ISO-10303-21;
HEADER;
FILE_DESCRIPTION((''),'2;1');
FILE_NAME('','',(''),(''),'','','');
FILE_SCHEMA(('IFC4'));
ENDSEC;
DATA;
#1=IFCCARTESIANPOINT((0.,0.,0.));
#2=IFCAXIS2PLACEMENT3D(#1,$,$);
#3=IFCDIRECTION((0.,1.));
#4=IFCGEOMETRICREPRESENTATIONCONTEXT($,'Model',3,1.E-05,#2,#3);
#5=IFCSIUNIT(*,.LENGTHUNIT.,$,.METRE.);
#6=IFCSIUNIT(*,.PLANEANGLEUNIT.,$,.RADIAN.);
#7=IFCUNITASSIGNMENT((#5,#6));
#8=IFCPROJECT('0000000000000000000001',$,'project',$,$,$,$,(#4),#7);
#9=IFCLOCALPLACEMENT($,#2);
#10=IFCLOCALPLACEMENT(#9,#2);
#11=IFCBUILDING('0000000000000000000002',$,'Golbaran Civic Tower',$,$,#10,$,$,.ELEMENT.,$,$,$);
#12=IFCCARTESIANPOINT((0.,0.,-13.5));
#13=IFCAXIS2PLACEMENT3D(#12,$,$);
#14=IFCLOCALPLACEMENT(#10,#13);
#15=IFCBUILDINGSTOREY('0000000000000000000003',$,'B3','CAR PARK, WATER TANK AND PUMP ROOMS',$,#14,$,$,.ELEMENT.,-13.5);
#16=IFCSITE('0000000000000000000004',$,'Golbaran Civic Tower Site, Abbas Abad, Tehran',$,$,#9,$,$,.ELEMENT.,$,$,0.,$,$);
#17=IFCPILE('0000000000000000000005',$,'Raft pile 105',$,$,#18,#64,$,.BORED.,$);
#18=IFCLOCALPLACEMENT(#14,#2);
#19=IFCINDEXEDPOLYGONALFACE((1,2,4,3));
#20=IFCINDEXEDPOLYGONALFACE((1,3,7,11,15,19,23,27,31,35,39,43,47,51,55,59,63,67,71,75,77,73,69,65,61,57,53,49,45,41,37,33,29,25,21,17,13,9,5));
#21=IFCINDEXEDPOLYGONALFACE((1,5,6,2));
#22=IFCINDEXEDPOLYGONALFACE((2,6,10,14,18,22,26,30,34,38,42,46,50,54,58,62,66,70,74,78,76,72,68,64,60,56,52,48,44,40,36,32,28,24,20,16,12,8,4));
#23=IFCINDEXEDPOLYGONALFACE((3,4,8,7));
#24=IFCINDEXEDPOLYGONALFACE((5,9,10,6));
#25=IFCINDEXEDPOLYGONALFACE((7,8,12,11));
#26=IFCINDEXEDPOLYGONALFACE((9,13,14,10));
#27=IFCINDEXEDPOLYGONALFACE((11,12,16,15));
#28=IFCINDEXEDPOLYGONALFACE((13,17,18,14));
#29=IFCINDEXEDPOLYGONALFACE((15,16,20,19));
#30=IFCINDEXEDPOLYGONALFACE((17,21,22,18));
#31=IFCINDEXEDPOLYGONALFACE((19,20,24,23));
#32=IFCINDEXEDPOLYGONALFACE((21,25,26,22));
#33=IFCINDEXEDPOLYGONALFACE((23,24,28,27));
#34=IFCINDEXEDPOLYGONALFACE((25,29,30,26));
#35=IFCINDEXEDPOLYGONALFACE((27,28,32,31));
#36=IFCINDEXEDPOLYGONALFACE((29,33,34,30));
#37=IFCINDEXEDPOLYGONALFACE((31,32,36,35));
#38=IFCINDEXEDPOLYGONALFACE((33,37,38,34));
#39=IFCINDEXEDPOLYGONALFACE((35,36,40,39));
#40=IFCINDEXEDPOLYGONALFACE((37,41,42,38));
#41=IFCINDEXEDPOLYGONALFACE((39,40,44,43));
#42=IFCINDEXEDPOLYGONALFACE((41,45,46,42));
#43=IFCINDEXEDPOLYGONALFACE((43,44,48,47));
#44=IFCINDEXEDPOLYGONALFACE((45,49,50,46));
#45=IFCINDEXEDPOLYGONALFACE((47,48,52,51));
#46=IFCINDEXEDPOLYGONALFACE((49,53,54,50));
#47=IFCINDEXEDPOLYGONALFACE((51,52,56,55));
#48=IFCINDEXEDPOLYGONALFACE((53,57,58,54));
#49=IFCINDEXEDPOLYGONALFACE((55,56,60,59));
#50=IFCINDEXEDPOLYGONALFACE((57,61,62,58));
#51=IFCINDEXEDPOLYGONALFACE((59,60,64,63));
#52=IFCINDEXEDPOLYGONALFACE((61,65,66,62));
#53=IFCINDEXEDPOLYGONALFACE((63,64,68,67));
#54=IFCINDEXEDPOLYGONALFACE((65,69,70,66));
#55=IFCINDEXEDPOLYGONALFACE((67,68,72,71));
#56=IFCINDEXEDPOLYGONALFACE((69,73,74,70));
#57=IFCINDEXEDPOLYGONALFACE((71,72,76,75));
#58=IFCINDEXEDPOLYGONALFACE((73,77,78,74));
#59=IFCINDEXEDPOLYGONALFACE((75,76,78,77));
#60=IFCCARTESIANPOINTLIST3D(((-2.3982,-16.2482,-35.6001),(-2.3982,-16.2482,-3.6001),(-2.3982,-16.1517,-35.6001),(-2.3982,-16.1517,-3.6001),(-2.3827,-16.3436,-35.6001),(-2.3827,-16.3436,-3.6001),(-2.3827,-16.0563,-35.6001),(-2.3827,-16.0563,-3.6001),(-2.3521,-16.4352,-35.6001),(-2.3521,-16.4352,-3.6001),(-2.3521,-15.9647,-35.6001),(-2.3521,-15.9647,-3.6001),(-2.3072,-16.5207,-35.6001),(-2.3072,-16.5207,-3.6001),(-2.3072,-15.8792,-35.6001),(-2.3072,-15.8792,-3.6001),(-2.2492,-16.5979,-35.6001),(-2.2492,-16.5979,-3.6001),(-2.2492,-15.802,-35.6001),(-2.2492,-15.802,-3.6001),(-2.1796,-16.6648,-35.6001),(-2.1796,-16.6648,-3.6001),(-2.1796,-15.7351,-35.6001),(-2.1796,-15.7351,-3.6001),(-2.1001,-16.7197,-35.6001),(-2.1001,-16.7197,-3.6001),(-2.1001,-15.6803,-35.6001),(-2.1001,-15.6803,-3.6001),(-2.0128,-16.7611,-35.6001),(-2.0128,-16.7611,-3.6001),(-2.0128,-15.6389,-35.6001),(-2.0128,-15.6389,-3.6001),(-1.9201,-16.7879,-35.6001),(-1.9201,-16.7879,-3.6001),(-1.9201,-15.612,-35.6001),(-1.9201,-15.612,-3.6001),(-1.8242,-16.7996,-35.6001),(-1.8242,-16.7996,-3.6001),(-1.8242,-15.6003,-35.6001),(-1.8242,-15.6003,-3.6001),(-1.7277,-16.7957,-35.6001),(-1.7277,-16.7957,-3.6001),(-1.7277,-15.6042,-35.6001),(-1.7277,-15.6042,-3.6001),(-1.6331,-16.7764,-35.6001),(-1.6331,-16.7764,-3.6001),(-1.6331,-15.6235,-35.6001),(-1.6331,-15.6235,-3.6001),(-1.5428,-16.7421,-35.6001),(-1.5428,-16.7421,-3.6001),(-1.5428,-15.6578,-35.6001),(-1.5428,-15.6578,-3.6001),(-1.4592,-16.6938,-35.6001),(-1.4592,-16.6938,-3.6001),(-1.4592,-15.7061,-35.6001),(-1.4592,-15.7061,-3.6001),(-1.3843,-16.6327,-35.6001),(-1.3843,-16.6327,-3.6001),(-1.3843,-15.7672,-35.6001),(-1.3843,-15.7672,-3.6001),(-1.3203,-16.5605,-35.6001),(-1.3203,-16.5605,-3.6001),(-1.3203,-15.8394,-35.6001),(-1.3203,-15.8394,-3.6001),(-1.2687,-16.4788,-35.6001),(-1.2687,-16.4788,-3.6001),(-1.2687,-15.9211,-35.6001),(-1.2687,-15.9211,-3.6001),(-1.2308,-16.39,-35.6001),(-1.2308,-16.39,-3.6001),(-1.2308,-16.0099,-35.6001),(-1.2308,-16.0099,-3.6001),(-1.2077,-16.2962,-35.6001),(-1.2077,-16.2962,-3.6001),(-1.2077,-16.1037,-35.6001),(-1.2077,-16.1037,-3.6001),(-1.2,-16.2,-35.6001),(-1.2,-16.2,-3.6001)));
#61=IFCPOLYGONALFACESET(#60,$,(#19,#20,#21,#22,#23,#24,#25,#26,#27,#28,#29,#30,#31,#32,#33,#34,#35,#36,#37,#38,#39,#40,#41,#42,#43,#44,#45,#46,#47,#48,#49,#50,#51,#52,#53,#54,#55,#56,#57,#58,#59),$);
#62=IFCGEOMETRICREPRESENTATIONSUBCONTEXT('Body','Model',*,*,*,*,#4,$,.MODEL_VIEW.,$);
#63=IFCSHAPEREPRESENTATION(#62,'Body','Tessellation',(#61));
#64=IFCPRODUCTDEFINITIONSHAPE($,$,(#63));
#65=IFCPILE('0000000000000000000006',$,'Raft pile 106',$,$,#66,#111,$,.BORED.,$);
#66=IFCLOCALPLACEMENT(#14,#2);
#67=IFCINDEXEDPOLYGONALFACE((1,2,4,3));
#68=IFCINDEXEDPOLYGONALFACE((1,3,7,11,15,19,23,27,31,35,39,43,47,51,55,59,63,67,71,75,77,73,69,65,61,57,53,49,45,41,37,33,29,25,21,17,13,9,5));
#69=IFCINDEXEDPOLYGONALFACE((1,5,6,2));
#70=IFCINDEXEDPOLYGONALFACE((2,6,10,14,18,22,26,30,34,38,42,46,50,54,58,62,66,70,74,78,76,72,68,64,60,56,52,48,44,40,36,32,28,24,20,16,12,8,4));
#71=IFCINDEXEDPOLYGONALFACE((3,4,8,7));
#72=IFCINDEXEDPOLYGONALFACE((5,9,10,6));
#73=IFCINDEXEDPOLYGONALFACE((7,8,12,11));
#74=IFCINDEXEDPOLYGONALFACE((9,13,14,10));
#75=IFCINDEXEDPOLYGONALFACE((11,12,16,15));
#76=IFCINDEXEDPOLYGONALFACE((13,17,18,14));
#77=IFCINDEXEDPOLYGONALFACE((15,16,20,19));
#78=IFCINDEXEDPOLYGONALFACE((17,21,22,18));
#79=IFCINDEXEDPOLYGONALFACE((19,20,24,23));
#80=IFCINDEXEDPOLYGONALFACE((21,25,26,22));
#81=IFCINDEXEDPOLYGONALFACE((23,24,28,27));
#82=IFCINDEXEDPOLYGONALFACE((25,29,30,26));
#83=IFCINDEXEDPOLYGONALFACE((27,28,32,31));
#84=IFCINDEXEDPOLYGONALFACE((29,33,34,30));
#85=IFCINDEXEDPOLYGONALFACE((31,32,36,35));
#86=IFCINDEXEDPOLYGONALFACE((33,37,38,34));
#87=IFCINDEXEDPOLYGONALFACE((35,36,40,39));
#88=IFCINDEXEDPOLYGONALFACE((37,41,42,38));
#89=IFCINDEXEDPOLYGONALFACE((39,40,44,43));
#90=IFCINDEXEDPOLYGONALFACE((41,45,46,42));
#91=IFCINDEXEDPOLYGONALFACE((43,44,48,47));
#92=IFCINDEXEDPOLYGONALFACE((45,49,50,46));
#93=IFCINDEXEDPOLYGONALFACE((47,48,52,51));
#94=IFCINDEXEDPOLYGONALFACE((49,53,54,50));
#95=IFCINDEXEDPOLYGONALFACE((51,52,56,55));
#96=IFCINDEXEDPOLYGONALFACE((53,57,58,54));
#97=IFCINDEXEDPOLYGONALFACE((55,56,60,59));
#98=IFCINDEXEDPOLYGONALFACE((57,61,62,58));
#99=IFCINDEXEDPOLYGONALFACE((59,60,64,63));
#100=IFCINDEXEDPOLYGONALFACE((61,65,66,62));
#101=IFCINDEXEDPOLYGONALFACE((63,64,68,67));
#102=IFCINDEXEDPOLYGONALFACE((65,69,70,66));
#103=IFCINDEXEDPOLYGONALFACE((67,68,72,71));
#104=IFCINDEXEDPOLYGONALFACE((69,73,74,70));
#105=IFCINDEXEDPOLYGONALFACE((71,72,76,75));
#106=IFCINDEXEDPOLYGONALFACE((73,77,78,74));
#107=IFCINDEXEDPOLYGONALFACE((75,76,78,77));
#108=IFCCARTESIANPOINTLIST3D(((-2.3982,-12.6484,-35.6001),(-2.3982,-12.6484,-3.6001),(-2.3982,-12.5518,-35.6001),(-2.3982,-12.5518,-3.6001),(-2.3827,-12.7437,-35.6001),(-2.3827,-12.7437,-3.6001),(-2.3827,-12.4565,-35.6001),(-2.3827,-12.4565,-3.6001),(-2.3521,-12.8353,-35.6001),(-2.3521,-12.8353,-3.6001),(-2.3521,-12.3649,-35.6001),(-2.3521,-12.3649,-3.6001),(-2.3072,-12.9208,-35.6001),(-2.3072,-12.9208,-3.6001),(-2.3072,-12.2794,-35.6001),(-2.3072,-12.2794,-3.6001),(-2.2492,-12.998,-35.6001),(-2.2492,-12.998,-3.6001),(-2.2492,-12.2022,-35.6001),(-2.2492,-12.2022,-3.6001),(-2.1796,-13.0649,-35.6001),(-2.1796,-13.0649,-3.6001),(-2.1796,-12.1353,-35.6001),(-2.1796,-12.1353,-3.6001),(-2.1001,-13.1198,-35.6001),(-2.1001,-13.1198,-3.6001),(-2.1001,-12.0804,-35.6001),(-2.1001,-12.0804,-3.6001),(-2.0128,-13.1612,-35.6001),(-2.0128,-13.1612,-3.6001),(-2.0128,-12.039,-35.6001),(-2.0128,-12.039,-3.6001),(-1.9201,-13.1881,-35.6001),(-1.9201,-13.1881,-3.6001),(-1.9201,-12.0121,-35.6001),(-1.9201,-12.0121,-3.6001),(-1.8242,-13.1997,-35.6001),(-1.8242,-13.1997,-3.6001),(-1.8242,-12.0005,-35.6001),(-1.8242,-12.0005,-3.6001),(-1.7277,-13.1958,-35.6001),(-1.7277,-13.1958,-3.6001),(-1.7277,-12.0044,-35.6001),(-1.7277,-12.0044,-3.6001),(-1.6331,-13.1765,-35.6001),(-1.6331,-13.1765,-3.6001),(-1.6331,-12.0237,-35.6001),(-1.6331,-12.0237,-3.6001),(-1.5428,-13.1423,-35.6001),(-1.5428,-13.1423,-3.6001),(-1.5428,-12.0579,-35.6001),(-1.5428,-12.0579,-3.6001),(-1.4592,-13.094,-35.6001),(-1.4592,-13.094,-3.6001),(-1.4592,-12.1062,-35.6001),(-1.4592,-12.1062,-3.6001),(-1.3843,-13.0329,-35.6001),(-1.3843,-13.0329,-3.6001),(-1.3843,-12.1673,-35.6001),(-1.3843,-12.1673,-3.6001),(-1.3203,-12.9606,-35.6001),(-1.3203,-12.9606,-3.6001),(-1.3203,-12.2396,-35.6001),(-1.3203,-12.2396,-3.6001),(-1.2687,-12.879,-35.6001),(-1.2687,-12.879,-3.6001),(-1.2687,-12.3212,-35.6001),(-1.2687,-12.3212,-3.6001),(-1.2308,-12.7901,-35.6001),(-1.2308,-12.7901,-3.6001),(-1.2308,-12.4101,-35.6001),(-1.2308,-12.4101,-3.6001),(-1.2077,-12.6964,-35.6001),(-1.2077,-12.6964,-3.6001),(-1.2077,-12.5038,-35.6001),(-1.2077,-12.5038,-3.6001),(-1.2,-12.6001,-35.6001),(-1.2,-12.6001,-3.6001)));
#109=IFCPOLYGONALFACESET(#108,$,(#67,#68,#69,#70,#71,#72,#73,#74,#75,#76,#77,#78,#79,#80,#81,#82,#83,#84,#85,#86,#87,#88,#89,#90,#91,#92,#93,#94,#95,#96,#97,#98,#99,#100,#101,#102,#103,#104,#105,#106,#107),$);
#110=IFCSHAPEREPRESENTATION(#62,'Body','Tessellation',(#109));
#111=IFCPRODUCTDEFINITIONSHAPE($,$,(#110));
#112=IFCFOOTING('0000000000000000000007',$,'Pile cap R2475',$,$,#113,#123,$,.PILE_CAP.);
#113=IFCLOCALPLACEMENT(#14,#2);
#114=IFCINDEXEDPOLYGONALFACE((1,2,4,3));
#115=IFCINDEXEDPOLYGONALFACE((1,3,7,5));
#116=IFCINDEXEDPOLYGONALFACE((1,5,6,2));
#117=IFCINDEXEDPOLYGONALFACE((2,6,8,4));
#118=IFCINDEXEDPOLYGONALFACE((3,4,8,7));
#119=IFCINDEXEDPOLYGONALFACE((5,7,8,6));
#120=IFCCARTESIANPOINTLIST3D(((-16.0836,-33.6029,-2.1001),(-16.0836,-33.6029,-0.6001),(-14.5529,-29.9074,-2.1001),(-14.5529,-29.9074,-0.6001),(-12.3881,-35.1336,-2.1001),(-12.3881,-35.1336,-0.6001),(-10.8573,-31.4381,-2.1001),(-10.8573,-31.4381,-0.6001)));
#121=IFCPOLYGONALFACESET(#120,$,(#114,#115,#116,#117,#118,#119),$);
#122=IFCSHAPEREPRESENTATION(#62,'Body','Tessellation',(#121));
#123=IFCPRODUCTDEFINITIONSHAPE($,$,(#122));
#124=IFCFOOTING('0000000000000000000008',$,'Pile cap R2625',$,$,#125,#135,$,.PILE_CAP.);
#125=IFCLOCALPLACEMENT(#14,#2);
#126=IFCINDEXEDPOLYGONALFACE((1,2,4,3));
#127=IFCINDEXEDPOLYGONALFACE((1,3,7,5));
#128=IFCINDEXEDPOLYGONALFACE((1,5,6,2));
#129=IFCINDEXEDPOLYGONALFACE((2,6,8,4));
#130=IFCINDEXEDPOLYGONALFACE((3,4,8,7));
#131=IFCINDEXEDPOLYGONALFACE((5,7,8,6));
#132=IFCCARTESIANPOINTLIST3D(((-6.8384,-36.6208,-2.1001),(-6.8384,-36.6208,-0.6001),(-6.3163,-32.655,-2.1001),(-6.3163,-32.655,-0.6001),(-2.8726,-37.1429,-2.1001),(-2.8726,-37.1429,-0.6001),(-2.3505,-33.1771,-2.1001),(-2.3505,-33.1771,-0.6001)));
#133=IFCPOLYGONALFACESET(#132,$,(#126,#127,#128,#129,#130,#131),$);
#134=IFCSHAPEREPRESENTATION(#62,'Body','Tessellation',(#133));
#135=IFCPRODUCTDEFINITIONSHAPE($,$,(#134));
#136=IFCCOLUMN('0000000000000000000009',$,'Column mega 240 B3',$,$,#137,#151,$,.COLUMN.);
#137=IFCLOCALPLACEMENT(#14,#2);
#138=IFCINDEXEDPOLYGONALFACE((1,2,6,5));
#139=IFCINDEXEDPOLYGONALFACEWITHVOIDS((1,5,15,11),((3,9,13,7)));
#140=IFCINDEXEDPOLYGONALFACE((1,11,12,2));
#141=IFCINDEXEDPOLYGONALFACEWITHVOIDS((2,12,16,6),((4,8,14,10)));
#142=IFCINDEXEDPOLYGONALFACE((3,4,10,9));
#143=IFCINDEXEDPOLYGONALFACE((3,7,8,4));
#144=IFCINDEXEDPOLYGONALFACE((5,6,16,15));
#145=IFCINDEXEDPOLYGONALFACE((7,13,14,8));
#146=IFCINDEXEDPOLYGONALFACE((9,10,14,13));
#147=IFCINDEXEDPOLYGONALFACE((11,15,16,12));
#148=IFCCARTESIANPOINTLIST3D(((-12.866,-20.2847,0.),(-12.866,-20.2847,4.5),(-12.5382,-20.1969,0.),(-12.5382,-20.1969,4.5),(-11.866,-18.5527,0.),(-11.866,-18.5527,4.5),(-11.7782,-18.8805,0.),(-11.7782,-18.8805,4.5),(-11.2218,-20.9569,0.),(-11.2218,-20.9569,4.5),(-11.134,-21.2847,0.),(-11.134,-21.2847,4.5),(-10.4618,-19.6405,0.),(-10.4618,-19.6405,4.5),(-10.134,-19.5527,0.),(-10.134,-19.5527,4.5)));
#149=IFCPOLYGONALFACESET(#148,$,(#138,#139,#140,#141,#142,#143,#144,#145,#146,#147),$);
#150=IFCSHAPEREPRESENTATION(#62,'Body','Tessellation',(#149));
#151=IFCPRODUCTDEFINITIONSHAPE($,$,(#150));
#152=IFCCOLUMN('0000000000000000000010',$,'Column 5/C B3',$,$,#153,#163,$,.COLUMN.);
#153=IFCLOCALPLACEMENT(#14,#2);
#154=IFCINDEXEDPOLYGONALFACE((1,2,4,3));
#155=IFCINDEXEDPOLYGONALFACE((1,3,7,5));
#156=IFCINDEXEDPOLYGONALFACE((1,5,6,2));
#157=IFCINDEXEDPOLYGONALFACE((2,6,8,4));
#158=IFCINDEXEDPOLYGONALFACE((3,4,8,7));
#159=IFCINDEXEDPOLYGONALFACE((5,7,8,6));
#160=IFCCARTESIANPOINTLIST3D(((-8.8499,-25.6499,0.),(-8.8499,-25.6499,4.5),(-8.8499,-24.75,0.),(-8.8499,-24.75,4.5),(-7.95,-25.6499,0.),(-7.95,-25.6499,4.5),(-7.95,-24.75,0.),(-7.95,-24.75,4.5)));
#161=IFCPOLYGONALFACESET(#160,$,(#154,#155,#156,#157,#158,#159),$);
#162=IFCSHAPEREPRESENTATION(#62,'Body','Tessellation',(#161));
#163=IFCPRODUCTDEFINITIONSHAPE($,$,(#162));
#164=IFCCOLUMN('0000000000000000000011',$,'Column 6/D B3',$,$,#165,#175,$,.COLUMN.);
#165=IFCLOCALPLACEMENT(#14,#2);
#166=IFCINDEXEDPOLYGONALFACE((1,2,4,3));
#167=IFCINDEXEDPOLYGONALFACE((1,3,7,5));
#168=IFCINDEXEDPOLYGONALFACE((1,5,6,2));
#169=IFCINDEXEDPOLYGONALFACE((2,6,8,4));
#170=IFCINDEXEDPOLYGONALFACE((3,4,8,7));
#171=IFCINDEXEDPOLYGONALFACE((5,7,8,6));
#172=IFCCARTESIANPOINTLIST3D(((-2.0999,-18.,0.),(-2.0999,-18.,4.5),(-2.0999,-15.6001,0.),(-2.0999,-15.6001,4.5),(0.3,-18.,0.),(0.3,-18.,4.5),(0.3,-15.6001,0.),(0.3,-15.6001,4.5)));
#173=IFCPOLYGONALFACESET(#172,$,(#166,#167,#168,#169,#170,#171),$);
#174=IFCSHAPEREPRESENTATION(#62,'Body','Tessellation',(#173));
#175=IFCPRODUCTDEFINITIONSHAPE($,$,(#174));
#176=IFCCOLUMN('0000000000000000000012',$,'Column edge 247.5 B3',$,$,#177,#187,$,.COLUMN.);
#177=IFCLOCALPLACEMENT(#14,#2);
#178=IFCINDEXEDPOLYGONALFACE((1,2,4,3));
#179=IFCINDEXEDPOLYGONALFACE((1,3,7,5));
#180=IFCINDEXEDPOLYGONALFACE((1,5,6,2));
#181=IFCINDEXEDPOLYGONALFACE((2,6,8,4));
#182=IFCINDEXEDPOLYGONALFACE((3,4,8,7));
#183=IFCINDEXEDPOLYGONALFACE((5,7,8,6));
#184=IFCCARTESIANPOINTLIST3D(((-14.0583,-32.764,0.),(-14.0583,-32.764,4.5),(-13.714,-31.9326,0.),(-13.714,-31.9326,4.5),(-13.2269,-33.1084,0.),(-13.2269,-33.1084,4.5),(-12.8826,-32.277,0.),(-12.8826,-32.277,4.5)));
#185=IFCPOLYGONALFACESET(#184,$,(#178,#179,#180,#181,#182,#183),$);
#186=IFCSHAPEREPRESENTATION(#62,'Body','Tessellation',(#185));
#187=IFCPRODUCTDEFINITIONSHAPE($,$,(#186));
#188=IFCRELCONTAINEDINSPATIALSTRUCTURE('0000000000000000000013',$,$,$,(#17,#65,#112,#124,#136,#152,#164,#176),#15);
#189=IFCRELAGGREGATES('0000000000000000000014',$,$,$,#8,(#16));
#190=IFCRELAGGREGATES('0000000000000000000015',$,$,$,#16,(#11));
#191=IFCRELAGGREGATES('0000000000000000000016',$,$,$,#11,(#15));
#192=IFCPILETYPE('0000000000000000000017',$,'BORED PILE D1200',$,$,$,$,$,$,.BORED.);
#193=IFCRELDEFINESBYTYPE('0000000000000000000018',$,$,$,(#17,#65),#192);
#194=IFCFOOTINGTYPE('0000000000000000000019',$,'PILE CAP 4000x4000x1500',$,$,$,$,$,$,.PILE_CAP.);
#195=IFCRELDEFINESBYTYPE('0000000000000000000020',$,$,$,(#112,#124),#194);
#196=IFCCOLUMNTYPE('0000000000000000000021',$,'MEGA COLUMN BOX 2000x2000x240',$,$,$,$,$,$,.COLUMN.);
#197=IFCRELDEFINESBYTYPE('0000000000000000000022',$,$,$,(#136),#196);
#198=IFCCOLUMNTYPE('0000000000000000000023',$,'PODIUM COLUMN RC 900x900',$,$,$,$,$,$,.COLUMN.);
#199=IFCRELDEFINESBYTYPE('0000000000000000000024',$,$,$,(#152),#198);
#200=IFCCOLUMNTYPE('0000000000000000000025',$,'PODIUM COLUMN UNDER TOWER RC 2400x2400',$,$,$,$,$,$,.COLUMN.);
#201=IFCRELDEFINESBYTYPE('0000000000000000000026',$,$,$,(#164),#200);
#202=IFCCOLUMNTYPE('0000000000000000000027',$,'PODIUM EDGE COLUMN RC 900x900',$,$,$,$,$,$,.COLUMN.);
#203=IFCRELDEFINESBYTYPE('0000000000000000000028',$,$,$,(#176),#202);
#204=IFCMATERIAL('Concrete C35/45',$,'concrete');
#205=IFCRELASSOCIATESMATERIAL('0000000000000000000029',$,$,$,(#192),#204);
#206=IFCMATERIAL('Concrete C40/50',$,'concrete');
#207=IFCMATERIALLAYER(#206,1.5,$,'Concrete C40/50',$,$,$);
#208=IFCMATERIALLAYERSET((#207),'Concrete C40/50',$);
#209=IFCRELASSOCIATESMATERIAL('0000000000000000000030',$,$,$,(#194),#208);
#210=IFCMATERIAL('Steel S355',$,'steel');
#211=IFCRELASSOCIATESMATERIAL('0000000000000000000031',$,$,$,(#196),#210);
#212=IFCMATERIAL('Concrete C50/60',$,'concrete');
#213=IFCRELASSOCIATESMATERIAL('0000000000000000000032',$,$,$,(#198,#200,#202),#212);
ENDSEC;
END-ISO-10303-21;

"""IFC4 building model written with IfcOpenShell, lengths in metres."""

from ifc_helpers import new_model, si_unit, direction, frame, origin, origin_2d, place, context, subcontext, project, spatial, rectangle, hollow_rectangle, circle, extrude, material, layer, layer_set, material_profile, profile_set, type_object, element, save


model = new_model("IFC4")

# Units and contexts
model_context = context("Model", 3, precision=1e-05, world=origin(), true_north=direction((0.0, 1.0)))
body_context = subcontext(model_context, "Body", "Model", "MODEL_VIEW")
ifc_project = project(units=[si_unit("LENGTHUNIT", "METRE"), si_unit("PLANEANGLEUNIT", "RADIAN")], contexts=[model_context])

# Site, building, storey
site_placement = place(None, origin())
site = spatial("IfcSite", under=ifc_project, at=site_placement, Name="Golbaran Civic Tower Site, Abbas Abad, Tehran", CompositionType="ELEMENT", RefElevation=0.0)
building_placement = place(site_placement, origin())
building = spatial("IfcBuilding", under=site, at=building_placement, Name="Golbaran Civic Tower", CompositionType="ELEMENT")
storey_placement = place(building_placement, frame((0.0, 0.0, -13.5)))
storey = spatial("IfcBuildingStorey", under=building, at=storey_placement, Name="B3", Description="CAR PARK, WATER TANK AND PUMP ROOMS", CompositionType="ELEMENT", Elevation=-13.5)

# Piles
ifc_material_1 = material(Name="Concrete C35/45", Category="concrete")
ifc_material_profile_1 = material_profile(ifc_material_1, circle(Radius=0.6001, at=origin_2d()), Name="BORED PILE D1200")
ifc_profile_set_1 = profile_set([ifc_material_profile_1], Name="Concrete C35/45")
pile_type_1 = type_object("IfcPileType", Name="BORED PILE D1200", PredefinedType="BORED", material=ifc_profile_set_1)
for number, where, z_axis, x_axis, name in (
    (1, (-1.8, -16.2, -3.6001), (0.0, 0.0, -1.0), (1.0, 0.0, 0.0), "Raft pile 105"),
    (2, (-1.8, -12.6001, -3.6001), (0.0, 0.0, -1.0), (1.0, 0.0, 0.0), "Raft pile 106"),
):
    element("IfcPile", number, at=place(storey_placement, frame(where, z_axis=z_axis, x_axis=x_axis)), inside=storey, type_object=pile_type_1, Name=name, PredefinedType="BORED", context=body_context, shape_type="SweptSolid", body=[
        extrude(circle(Radius=0.6001, at=origin_2d()), origin(), (0.0, 0.0, 1.0), 32.0),
    ])

# Footings
ifc_material_2 = material(Name="Concrete C40/50", Category="concrete")
ifc_layer_1 = layer(ifc_material_2, 1.5, Name="Concrete C40/50")
ifc_layer_set_1 = layer_set([ifc_layer_1], Name="Concrete C40/50")
footing_type = type_object("IfcFootingType", Name="PILE CAP 4000x4000x1500", PredefinedType="PILE_CAP", material=ifc_layer_set_1)
for number, where, z_axis, x_axis, name in (
    (3, (-13.4705, -32.5205, -2.1001), (0.0, 0.0, 1.0), (-0.382683, -0.92388, 0.0), "Pile cap R2475"),
    (4, (-4.5945, -34.8989, -2.1001), (0.0, 0.0, 1.0), (-0.130526, -0.991445, 0.0), "Pile cap R2625"),
):
    element("IfcFooting", number, at=place(storey_placement, frame(where, z_axis=z_axis, x_axis=x_axis)), inside=storey, type_object=footing_type, Name=name, PredefinedType="PILE_CAP", context=body_context, shape_type="SweptSolid", body=[
        extrude(rectangle(XDim=4.0, YDim=4.0, at=origin_2d()), origin(), (0.0, 0.0, 1.0), 1.5),
    ])

# Columns
ifc_material_3 = material(Name="Steel S355", Category="steel")
ifc_material_profile_2 = material_profile(ifc_material_3, hollow_rectangle(XDim=2.0, YDim=2.0, WallThickness=0.24, at=origin_2d()), Name="BOX 2000x2000x240")
ifc_profile_set_2 = profile_set([ifc_material_profile_2], Name="Steel S355")
column_type_1 = type_object("IfcColumnType", Name="MEGA COLUMN BOX 2000x2000x240", PredefinedType="COLUMN", material=ifc_profile_set_2)
column_1_placement = place(storey_placement, frame((-11.5, -19.9187, 0.0), z_axis=(0.0, 0.0, 1.0), x_axis=(-0.5, -0.866025, 0.0)))
element("IfcColumn", 5, at=column_1_placement, inside=storey, type_object=column_type_1, Name="Column mega 240 B3", PredefinedType="COLUMN", context=body_context, shape_type="SweptSolid", body=[
    extrude(hollow_rectangle(XDim=2.0, YDim=2.0, WallThickness=0.24, at=origin_2d()), origin(), (0.0, 0.0, 1.0), 4.5),
])
ifc_material_4 = material(Name="Concrete C50/60", Category="concrete")
ifc_material_profile_3 = material_profile(ifc_material_4, rectangle(XDim=0.8999, YDim=0.8999, at=origin_2d()), Name="RC 900x900")
ifc_profile_set_3 = profile_set([ifc_material_profile_3], Name="Concrete C50/60")
column_type_2 = type_object("IfcColumnType", Name="PODIUM COLUMN RC 900x900", PredefinedType="COLUMN", material=ifc_profile_set_3)
column_2_placement = place(storey_placement, frame((-8.3999, -25.2, 0.0), z_axis=(0.0, 0.0, 1.0), x_axis=(1.0, 0.0, 0.0)))
element("IfcColumn", 6, at=column_2_placement, inside=storey, type_object=column_type_2, Name="Column 5/C B3", PredefinedType="COLUMN", context=body_context, shape_type="SweptSolid", body=[
    extrude(rectangle(XDim=0.8999, YDim=0.8999, at=origin_2d()), origin(), (0.0, 0.0, 1.0), 4.5),
])
ifc_material_profile_4 = material_profile(ifc_material_4, rectangle(XDim=2.3999, YDim=2.3999, at=origin_2d()), Name="RC 2400x2400")
ifc_profile_set_4 = profile_set([ifc_material_profile_4], Name="Concrete C50/60")
column_type_3 = type_object("IfcColumnType", Name="PODIUM COLUMN UNDER TOWER RC 2400x2400", PredefinedType="COLUMN", material=ifc_profile_set_4)
column_3_placement = place(storey_placement, frame((-0.8999, -16.8, 0.0), z_axis=(0.0, 0.0, 1.0), x_axis=(1.0, 0.0, 0.0)))
element("IfcColumn", 7, at=column_3_placement, inside=storey, type_object=column_type_3, Name="Column 6/D B3", PredefinedType="COLUMN", context=body_context, shape_type="SweptSolid", body=[
    extrude(rectangle(XDim=2.3999, YDim=2.3999, at=origin_2d()), origin(), (0.0, 0.0, 1.0), 4.5),
])
ifc_material_profile_5 = material_profile(ifc_material_4, rectangle(XDim=0.8999, YDim=0.8999, at=origin_2d()), Name="RC 900x900")
ifc_profile_set_5 = profile_set([ifc_material_profile_5], Name="Concrete C50/60")
column_type_4 = type_object("IfcColumnType", Name="PODIUM EDGE COLUMN RC 900x900", PredefinedType="COLUMN", material=ifc_profile_set_5)
for number, where, z_axis, x_axis, name in (
    (8, (-13.4705, -32.5205, 0.0), (0.0, 0.0, 1.0), (-0.382683, -0.92388, 0.0), "Column edge 247.5 B3"),
):
    element("IfcColumn", number, at=place(storey_placement, frame(where, z_axis=z_axis, x_axis=x_axis)), inside=storey, type_object=column_type_4, Name=name, PredefinedType="COLUMN", context=body_context, shape_type="SweptSolid", body=[
        extrude(rectangle(XDim=0.8999, YDim=0.8999, at=origin_2d()), origin(), (0.0, 0.0, 1.0), 4.5),
    ])

save(model, "model.ifc")
